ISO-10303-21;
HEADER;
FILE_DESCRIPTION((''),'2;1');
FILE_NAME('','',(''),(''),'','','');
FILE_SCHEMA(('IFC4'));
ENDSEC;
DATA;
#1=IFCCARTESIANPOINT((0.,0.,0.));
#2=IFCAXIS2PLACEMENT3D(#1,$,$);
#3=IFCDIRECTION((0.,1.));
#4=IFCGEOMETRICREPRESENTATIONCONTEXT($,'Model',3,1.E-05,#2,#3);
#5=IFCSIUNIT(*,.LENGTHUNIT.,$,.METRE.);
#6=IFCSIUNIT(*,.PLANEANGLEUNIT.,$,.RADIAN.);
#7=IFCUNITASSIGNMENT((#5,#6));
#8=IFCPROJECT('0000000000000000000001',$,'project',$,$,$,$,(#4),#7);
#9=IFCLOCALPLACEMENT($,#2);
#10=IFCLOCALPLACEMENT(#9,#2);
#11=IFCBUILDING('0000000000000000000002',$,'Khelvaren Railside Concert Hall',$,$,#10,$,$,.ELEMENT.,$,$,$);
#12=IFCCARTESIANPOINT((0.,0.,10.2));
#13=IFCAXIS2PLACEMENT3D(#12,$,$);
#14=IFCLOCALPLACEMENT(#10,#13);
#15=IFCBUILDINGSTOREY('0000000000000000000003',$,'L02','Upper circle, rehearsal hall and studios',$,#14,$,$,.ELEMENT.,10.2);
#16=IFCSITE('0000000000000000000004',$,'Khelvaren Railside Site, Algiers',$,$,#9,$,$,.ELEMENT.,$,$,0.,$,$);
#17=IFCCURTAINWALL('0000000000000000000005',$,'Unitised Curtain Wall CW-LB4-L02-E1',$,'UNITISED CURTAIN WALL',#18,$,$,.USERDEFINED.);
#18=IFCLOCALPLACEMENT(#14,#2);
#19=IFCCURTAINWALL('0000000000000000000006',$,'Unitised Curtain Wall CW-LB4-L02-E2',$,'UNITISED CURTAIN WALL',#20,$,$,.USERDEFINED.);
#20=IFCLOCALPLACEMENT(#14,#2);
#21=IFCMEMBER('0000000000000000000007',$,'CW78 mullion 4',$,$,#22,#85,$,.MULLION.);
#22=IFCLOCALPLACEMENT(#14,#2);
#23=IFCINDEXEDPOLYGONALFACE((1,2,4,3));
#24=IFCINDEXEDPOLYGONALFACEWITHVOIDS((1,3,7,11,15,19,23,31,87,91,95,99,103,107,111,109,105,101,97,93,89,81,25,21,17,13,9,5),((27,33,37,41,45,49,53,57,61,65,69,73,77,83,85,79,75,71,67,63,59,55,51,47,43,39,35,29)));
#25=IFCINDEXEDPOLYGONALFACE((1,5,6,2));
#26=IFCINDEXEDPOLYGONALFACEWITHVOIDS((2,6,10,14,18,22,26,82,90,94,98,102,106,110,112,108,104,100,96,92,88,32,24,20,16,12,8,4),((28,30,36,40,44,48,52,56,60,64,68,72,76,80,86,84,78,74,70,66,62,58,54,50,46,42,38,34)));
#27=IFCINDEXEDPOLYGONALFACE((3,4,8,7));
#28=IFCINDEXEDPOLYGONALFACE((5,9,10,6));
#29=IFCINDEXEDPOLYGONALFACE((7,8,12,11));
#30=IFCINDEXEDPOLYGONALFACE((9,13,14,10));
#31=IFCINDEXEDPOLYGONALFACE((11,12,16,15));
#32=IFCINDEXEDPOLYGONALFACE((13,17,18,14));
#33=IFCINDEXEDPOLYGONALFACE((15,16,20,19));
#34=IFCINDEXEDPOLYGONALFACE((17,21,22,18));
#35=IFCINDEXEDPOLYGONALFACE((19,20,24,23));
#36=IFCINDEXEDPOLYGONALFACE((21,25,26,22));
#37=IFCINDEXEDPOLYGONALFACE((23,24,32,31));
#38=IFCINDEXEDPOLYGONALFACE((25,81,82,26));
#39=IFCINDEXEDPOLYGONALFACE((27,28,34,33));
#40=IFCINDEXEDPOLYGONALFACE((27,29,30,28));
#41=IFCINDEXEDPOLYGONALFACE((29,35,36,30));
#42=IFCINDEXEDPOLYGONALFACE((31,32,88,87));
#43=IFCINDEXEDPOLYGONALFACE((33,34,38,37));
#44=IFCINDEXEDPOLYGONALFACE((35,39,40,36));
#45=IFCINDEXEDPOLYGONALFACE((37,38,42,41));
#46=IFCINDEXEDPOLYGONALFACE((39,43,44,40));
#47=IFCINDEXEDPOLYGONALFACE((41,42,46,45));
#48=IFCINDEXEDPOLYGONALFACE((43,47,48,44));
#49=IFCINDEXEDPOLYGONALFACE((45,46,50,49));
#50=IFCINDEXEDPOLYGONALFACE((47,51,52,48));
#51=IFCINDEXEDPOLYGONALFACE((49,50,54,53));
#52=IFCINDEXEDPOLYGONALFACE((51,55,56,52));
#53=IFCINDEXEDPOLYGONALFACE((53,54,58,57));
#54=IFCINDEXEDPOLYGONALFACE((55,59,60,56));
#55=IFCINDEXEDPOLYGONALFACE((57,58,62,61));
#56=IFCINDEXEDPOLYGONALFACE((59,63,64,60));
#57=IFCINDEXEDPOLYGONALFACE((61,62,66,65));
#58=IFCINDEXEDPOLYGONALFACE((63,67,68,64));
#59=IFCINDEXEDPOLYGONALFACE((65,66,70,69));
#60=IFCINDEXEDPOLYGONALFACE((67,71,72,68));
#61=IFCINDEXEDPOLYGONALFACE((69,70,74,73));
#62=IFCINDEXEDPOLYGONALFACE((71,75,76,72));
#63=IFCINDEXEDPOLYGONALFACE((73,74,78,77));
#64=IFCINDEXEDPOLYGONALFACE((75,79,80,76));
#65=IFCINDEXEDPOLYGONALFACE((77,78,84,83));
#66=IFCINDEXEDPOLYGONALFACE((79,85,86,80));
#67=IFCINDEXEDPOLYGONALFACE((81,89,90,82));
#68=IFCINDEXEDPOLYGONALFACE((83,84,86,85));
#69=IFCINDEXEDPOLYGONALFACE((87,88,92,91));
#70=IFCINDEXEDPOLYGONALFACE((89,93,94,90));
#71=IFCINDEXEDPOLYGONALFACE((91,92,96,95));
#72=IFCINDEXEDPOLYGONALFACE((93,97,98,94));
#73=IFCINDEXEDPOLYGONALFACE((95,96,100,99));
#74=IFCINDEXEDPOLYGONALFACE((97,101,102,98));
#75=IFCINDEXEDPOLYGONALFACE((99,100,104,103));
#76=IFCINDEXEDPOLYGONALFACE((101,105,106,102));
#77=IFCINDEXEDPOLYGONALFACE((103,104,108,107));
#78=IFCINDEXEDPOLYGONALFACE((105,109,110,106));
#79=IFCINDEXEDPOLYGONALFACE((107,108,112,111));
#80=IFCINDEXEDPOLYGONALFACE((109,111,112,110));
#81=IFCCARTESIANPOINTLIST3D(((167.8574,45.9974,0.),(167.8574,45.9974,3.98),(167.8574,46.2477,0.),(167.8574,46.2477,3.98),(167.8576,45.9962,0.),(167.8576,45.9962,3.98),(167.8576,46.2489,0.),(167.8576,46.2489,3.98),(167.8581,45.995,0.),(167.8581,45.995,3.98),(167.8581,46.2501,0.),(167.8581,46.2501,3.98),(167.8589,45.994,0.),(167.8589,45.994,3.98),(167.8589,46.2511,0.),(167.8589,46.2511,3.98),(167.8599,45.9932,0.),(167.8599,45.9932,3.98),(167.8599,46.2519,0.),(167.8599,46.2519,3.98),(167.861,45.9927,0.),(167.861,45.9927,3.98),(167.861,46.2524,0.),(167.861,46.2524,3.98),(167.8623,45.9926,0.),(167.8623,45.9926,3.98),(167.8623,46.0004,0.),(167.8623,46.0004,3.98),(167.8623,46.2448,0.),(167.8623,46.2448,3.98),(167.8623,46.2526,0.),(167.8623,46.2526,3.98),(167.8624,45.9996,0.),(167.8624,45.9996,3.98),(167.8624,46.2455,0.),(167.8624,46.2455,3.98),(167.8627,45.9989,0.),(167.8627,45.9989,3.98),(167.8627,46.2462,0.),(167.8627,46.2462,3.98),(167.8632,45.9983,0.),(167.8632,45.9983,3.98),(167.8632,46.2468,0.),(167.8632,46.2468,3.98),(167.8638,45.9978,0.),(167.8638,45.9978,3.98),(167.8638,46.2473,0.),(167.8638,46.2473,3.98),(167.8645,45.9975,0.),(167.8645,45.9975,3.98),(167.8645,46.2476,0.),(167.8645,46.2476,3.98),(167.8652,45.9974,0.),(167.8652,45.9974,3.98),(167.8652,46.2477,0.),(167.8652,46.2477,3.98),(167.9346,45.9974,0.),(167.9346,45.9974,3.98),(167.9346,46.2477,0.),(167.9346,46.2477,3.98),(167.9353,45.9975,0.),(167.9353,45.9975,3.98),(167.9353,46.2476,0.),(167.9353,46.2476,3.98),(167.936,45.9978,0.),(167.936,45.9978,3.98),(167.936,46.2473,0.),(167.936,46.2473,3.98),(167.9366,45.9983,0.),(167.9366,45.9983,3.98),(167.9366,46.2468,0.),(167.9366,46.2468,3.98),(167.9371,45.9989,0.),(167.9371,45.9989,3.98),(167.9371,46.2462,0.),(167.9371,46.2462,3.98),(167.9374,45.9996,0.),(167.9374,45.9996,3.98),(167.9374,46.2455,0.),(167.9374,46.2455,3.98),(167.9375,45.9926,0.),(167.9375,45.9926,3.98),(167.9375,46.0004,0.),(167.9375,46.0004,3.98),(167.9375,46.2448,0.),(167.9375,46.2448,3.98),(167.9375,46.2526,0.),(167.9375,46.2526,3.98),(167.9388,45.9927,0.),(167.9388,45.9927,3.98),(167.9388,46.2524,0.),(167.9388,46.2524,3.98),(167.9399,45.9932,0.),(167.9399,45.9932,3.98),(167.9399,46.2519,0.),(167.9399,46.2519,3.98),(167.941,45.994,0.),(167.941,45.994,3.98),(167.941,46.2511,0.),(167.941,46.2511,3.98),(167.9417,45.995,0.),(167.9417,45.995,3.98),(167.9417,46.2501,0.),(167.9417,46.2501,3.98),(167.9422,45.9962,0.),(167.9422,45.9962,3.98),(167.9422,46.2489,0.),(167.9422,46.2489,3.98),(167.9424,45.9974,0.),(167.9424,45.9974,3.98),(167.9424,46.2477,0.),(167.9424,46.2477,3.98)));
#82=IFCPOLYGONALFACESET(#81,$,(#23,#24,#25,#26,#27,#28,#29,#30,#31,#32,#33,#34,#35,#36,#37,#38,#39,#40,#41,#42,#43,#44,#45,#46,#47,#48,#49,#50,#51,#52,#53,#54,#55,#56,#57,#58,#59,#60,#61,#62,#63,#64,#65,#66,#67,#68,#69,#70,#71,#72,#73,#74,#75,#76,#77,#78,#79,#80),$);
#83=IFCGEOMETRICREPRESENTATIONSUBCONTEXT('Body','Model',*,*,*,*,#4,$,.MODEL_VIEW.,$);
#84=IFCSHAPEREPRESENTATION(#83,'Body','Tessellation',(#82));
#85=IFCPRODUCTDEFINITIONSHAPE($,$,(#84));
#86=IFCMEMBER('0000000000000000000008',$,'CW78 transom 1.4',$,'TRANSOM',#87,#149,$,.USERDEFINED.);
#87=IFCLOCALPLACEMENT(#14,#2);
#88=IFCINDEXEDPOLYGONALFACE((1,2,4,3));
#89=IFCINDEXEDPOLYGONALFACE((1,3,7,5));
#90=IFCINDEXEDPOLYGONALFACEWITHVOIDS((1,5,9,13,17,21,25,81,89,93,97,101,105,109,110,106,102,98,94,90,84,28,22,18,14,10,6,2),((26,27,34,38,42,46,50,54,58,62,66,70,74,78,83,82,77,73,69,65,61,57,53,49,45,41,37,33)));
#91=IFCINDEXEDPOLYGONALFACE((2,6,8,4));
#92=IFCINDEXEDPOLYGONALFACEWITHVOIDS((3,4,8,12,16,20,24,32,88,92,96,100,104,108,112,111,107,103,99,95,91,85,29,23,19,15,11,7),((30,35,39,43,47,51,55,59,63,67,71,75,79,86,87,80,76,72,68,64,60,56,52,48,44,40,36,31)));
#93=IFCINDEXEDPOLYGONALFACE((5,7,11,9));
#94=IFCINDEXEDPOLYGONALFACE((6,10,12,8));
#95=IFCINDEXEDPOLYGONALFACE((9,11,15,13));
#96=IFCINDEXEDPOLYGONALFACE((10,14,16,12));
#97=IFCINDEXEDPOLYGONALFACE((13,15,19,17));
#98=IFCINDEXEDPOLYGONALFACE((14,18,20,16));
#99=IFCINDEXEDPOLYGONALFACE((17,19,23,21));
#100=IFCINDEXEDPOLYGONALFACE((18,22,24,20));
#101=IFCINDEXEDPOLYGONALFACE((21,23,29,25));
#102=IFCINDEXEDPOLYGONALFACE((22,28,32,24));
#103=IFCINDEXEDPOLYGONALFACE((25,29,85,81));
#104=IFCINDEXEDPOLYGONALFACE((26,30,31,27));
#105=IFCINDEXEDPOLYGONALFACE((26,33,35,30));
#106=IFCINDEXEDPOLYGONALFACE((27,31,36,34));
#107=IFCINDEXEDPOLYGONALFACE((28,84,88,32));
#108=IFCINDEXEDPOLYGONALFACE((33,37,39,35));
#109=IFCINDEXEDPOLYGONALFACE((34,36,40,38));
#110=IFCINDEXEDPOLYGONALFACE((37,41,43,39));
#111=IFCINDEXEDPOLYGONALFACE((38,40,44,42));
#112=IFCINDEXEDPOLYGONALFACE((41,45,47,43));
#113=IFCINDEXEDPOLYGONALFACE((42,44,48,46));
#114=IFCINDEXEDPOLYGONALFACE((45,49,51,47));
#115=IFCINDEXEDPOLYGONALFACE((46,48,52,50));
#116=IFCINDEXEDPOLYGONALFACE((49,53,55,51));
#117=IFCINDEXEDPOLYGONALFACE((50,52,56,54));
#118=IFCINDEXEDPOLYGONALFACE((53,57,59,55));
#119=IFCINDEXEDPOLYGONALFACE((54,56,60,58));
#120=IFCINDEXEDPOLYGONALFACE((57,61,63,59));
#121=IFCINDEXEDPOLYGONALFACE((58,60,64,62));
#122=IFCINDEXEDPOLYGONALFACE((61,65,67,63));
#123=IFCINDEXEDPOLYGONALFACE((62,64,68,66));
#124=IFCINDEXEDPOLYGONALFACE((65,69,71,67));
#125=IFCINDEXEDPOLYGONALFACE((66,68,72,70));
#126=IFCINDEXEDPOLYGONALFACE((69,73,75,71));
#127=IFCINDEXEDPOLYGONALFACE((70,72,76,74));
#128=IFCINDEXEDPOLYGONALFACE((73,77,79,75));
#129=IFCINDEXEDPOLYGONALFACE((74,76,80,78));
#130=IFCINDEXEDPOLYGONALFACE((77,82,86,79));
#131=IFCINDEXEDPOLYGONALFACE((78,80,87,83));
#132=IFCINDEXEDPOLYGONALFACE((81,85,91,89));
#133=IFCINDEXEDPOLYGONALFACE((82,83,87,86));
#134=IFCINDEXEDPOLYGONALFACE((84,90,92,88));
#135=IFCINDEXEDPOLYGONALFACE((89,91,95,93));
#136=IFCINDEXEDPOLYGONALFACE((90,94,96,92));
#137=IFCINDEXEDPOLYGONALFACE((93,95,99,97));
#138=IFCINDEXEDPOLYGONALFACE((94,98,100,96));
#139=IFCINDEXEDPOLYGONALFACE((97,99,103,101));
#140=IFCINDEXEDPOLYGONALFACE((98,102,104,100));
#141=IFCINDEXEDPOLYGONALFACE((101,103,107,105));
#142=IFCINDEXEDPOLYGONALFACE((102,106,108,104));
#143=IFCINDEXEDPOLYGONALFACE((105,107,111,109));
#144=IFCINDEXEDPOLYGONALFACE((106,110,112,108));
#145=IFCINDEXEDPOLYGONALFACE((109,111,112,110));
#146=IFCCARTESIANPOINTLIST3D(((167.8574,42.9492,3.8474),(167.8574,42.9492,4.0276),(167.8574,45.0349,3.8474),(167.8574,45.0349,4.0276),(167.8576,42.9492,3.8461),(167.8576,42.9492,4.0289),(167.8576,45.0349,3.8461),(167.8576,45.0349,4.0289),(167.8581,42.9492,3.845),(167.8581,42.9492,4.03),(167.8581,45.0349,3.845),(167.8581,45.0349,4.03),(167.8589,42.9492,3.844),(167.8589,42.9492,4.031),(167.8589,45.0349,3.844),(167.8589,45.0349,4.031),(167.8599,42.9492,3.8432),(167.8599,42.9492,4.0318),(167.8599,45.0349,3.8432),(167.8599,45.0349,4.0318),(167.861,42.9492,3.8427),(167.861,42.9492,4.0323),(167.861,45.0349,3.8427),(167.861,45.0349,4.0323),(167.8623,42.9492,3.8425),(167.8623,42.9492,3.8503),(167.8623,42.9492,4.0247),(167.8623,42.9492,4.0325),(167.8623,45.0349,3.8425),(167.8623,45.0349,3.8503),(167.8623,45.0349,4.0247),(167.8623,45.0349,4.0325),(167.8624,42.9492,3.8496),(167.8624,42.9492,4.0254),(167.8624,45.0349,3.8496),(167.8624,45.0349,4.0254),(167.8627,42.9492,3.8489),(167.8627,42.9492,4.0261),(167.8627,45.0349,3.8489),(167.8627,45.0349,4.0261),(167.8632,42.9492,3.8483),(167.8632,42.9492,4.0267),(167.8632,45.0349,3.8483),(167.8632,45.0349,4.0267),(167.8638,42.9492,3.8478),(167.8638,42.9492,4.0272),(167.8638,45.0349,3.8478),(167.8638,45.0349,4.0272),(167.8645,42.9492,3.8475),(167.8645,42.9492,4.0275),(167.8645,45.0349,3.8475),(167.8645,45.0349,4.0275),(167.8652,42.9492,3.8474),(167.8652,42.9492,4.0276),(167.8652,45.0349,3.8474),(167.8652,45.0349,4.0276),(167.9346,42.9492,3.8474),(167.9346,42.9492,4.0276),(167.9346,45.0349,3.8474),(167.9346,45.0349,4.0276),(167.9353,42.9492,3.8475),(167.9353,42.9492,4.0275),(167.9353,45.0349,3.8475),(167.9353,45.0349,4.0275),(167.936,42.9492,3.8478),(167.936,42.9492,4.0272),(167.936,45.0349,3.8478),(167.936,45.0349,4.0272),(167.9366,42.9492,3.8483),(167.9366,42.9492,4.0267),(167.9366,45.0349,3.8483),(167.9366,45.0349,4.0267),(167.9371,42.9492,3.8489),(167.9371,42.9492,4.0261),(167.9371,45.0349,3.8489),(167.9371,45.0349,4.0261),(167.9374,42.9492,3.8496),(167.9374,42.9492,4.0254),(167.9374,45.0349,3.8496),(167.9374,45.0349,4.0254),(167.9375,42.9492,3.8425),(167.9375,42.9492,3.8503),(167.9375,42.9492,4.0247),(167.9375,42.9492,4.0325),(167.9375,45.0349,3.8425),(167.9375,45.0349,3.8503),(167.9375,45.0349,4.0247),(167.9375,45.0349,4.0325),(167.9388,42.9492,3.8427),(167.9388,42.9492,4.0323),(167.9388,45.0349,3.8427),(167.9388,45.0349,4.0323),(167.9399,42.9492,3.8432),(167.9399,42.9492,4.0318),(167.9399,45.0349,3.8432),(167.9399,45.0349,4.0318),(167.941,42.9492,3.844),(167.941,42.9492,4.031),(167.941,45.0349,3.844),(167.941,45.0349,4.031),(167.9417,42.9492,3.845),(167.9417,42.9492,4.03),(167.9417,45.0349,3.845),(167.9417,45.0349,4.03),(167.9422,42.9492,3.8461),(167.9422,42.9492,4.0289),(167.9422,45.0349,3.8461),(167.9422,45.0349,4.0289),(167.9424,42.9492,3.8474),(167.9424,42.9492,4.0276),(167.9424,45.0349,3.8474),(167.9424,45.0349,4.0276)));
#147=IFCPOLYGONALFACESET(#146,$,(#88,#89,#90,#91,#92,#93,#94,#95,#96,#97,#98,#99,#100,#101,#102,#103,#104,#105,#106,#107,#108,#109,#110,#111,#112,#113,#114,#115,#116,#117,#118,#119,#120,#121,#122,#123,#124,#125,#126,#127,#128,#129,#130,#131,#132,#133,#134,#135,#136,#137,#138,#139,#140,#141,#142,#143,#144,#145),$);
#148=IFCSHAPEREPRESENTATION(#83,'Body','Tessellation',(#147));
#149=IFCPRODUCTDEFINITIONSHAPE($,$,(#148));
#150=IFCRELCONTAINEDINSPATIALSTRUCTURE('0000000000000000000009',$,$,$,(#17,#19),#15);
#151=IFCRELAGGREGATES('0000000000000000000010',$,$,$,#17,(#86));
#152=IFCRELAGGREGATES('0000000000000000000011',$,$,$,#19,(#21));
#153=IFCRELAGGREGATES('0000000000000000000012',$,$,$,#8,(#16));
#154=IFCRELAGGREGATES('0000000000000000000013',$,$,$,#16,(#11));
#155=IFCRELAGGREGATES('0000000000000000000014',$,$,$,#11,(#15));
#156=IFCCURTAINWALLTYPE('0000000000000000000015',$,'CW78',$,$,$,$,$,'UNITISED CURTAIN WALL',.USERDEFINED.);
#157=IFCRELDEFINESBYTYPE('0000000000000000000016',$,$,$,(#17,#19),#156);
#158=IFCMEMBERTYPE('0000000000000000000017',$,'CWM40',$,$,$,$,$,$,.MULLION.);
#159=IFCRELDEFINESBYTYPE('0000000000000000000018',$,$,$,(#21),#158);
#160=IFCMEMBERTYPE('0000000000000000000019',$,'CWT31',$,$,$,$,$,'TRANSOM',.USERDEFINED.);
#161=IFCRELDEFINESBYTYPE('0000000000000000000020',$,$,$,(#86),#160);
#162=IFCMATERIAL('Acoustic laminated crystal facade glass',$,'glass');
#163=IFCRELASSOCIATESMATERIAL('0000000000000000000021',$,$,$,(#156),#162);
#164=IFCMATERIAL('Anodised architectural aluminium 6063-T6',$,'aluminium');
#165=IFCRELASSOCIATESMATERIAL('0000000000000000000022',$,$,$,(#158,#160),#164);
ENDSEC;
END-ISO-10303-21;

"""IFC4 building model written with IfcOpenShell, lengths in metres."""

from ifc_helpers import new_model, si_unit, direction, frame, origin, origin_2d, place, context, subcontext, project, spatial, hollow_rectangle, extrude, material, material_profile, profile_set, type_object, element, aggregate, save


model = new_model("IFC4")

# Units and contexts
model_context = context("Model", 3, precision=1e-05, world=origin(), true_north=direction((0.0, 1.0)))
body_context = subcontext(model_context, "Body", "Model", "MODEL_VIEW")
ifc_project = project(units=[si_unit("LENGTHUNIT", "METRE"), si_unit("PLANEANGLEUNIT", "RADIAN")], contexts=[model_context])

# Site, building, storey
site_placement = place(None, origin())
site = spatial("IfcSite", under=ifc_project, at=site_placement, Name="Khelvaren Railside Site, Algiers", CompositionType="ELEMENT", RefElevation=0.0)
building_placement = place(site_placement, origin())
building = spatial("IfcBuilding", under=site, at=building_placement, Name="Khelvaren Railside Concert Hall", CompositionType="ELEMENT")
storey_placement = place(building_placement, frame((0.0, 0.0, 10.2)))
storey = spatial("IfcBuildingStorey", under=building, at=storey_placement, Name="L02", Description="Upper circle, rehearsal hall and studios", CompositionType="ELEMENT", Elevation=10.2)

# Curtain wall
ifc_material_1 = material(Name="Anodised architectural aluminium 6063-T6", Category="aluminium")
ifc_material_2 = material(Name="Acoustic laminated crystal facade glass", Category="glass")
curtain_wall_type_1 = type_object("IfcCurtainWallType", Name="CW78", ElementType="UNITISED CURTAIN WALL", PredefinedType="USERDEFINED", material=ifc_material_2)
curtain_wall_1_placement = place(storey_placement, origin())
curtain_wall_1 = element("IfcCurtainWall", 1, at=curtain_wall_1_placement, inside=storey, type_object=curtain_wall_type_1, Name="Unitised Curtain Wall CW-LB4-L02-E1", ObjectType="UNITISED CURTAIN WALL", PredefinedType="USERDEFINED")
ifc_material_profile_1 = material_profile(ifc_material_1, hollow_rectangle(XDim=0.085, YDim=0.26, WallThickness=0.0049, InnerFilletRadius=0.0029, OuterFilletRadius=0.0049, at=origin_2d()), Name="CWM 85x260x5")
ifc_profile_set_1 = profile_set([ifc_material_profile_1], Name="Anodised architectural aluminium 6063-T6")
member_type_1 = type_object("IfcMemberType", Name="CWM40", PredefinedType="MULLION", material=ifc_profile_set_1)

# Curtain wall, member
curtain_wall_2_placement = place(storey_placement, origin())
curtain_wall_2 = element("IfcCurtainWall", 2, at=curtain_wall_2_placement, inside=storey, type_object=curtain_wall_type_1, Name="Unitised Curtain Wall CW-LB4-L02-E2", ObjectType="UNITISED CURTAIN WALL", PredefinedType="USERDEFINED")
member_1_placement = place(storey_placement, frame((167.8999, 46.1226, 0.0), z_axis=(0.0, 0.0, 1.0), x_axis=(1.0, 0.0, 0.0)))
member_1 = element("IfcMember", 3, at=member_1_placement, type_object=member_type_1, Name="CW78 mullion 4", PredefinedType="MULLION", context=body_context, shape_type="SweptSolid", body=[
    extrude(hollow_rectangle(XDim=0.085, YDim=0.26, WallThickness=0.0049, InnerFilletRadius=0.0029, OuterFilletRadius=0.0049, at=origin_2d()), origin(), (0.0, 0.0, 1.0), 3.98),
])

# Member
ifc_material_profile_2 = material_profile(ifc_material_1, hollow_rectangle(XDim=0.085, YDim=0.1899, WallThickness=0.0049, InnerFilletRadius=0.0029, OuterFilletRadius=0.0049, at=origin_2d()), Name="CWT 85x190x5")
ifc_profile_set_2 = profile_set([ifc_material_profile_2], Name="Anodised architectural aluminium 6063-T6")
member_type_2 = type_object("IfcMemberType", Name="CWT31", ElementType="TRANSOM", PredefinedType="USERDEFINED", material=ifc_profile_set_2)
member_2_placement = place(storey_placement, frame((167.8999, 45.0349, 3.9375), z_axis=(0.0, -1.0, 0.0), x_axis=(1.0, 0.0, 0.0)))
member_2 = element("IfcMember", 4, at=member_2_placement, type_object=member_type_2, Name="CW78 transom 1.4", ObjectType="TRANSOM", PredefinedType="USERDEFINED", context=body_context, shape_type="SweptSolid", body=[
    extrude(hollow_rectangle(XDim=0.085, YDim=0.1899, WallThickness=0.0049, InnerFilletRadius=0.0029, OuterFilletRadius=0.0049, at=origin_2d()), origin(), (0.0, 0.0, 1.0), 2.0857),
])
aggregate(curtain_wall_1, [member_2])

aggregate(curtain_wall_2, [member_1])

save(model, "model.ifc")
